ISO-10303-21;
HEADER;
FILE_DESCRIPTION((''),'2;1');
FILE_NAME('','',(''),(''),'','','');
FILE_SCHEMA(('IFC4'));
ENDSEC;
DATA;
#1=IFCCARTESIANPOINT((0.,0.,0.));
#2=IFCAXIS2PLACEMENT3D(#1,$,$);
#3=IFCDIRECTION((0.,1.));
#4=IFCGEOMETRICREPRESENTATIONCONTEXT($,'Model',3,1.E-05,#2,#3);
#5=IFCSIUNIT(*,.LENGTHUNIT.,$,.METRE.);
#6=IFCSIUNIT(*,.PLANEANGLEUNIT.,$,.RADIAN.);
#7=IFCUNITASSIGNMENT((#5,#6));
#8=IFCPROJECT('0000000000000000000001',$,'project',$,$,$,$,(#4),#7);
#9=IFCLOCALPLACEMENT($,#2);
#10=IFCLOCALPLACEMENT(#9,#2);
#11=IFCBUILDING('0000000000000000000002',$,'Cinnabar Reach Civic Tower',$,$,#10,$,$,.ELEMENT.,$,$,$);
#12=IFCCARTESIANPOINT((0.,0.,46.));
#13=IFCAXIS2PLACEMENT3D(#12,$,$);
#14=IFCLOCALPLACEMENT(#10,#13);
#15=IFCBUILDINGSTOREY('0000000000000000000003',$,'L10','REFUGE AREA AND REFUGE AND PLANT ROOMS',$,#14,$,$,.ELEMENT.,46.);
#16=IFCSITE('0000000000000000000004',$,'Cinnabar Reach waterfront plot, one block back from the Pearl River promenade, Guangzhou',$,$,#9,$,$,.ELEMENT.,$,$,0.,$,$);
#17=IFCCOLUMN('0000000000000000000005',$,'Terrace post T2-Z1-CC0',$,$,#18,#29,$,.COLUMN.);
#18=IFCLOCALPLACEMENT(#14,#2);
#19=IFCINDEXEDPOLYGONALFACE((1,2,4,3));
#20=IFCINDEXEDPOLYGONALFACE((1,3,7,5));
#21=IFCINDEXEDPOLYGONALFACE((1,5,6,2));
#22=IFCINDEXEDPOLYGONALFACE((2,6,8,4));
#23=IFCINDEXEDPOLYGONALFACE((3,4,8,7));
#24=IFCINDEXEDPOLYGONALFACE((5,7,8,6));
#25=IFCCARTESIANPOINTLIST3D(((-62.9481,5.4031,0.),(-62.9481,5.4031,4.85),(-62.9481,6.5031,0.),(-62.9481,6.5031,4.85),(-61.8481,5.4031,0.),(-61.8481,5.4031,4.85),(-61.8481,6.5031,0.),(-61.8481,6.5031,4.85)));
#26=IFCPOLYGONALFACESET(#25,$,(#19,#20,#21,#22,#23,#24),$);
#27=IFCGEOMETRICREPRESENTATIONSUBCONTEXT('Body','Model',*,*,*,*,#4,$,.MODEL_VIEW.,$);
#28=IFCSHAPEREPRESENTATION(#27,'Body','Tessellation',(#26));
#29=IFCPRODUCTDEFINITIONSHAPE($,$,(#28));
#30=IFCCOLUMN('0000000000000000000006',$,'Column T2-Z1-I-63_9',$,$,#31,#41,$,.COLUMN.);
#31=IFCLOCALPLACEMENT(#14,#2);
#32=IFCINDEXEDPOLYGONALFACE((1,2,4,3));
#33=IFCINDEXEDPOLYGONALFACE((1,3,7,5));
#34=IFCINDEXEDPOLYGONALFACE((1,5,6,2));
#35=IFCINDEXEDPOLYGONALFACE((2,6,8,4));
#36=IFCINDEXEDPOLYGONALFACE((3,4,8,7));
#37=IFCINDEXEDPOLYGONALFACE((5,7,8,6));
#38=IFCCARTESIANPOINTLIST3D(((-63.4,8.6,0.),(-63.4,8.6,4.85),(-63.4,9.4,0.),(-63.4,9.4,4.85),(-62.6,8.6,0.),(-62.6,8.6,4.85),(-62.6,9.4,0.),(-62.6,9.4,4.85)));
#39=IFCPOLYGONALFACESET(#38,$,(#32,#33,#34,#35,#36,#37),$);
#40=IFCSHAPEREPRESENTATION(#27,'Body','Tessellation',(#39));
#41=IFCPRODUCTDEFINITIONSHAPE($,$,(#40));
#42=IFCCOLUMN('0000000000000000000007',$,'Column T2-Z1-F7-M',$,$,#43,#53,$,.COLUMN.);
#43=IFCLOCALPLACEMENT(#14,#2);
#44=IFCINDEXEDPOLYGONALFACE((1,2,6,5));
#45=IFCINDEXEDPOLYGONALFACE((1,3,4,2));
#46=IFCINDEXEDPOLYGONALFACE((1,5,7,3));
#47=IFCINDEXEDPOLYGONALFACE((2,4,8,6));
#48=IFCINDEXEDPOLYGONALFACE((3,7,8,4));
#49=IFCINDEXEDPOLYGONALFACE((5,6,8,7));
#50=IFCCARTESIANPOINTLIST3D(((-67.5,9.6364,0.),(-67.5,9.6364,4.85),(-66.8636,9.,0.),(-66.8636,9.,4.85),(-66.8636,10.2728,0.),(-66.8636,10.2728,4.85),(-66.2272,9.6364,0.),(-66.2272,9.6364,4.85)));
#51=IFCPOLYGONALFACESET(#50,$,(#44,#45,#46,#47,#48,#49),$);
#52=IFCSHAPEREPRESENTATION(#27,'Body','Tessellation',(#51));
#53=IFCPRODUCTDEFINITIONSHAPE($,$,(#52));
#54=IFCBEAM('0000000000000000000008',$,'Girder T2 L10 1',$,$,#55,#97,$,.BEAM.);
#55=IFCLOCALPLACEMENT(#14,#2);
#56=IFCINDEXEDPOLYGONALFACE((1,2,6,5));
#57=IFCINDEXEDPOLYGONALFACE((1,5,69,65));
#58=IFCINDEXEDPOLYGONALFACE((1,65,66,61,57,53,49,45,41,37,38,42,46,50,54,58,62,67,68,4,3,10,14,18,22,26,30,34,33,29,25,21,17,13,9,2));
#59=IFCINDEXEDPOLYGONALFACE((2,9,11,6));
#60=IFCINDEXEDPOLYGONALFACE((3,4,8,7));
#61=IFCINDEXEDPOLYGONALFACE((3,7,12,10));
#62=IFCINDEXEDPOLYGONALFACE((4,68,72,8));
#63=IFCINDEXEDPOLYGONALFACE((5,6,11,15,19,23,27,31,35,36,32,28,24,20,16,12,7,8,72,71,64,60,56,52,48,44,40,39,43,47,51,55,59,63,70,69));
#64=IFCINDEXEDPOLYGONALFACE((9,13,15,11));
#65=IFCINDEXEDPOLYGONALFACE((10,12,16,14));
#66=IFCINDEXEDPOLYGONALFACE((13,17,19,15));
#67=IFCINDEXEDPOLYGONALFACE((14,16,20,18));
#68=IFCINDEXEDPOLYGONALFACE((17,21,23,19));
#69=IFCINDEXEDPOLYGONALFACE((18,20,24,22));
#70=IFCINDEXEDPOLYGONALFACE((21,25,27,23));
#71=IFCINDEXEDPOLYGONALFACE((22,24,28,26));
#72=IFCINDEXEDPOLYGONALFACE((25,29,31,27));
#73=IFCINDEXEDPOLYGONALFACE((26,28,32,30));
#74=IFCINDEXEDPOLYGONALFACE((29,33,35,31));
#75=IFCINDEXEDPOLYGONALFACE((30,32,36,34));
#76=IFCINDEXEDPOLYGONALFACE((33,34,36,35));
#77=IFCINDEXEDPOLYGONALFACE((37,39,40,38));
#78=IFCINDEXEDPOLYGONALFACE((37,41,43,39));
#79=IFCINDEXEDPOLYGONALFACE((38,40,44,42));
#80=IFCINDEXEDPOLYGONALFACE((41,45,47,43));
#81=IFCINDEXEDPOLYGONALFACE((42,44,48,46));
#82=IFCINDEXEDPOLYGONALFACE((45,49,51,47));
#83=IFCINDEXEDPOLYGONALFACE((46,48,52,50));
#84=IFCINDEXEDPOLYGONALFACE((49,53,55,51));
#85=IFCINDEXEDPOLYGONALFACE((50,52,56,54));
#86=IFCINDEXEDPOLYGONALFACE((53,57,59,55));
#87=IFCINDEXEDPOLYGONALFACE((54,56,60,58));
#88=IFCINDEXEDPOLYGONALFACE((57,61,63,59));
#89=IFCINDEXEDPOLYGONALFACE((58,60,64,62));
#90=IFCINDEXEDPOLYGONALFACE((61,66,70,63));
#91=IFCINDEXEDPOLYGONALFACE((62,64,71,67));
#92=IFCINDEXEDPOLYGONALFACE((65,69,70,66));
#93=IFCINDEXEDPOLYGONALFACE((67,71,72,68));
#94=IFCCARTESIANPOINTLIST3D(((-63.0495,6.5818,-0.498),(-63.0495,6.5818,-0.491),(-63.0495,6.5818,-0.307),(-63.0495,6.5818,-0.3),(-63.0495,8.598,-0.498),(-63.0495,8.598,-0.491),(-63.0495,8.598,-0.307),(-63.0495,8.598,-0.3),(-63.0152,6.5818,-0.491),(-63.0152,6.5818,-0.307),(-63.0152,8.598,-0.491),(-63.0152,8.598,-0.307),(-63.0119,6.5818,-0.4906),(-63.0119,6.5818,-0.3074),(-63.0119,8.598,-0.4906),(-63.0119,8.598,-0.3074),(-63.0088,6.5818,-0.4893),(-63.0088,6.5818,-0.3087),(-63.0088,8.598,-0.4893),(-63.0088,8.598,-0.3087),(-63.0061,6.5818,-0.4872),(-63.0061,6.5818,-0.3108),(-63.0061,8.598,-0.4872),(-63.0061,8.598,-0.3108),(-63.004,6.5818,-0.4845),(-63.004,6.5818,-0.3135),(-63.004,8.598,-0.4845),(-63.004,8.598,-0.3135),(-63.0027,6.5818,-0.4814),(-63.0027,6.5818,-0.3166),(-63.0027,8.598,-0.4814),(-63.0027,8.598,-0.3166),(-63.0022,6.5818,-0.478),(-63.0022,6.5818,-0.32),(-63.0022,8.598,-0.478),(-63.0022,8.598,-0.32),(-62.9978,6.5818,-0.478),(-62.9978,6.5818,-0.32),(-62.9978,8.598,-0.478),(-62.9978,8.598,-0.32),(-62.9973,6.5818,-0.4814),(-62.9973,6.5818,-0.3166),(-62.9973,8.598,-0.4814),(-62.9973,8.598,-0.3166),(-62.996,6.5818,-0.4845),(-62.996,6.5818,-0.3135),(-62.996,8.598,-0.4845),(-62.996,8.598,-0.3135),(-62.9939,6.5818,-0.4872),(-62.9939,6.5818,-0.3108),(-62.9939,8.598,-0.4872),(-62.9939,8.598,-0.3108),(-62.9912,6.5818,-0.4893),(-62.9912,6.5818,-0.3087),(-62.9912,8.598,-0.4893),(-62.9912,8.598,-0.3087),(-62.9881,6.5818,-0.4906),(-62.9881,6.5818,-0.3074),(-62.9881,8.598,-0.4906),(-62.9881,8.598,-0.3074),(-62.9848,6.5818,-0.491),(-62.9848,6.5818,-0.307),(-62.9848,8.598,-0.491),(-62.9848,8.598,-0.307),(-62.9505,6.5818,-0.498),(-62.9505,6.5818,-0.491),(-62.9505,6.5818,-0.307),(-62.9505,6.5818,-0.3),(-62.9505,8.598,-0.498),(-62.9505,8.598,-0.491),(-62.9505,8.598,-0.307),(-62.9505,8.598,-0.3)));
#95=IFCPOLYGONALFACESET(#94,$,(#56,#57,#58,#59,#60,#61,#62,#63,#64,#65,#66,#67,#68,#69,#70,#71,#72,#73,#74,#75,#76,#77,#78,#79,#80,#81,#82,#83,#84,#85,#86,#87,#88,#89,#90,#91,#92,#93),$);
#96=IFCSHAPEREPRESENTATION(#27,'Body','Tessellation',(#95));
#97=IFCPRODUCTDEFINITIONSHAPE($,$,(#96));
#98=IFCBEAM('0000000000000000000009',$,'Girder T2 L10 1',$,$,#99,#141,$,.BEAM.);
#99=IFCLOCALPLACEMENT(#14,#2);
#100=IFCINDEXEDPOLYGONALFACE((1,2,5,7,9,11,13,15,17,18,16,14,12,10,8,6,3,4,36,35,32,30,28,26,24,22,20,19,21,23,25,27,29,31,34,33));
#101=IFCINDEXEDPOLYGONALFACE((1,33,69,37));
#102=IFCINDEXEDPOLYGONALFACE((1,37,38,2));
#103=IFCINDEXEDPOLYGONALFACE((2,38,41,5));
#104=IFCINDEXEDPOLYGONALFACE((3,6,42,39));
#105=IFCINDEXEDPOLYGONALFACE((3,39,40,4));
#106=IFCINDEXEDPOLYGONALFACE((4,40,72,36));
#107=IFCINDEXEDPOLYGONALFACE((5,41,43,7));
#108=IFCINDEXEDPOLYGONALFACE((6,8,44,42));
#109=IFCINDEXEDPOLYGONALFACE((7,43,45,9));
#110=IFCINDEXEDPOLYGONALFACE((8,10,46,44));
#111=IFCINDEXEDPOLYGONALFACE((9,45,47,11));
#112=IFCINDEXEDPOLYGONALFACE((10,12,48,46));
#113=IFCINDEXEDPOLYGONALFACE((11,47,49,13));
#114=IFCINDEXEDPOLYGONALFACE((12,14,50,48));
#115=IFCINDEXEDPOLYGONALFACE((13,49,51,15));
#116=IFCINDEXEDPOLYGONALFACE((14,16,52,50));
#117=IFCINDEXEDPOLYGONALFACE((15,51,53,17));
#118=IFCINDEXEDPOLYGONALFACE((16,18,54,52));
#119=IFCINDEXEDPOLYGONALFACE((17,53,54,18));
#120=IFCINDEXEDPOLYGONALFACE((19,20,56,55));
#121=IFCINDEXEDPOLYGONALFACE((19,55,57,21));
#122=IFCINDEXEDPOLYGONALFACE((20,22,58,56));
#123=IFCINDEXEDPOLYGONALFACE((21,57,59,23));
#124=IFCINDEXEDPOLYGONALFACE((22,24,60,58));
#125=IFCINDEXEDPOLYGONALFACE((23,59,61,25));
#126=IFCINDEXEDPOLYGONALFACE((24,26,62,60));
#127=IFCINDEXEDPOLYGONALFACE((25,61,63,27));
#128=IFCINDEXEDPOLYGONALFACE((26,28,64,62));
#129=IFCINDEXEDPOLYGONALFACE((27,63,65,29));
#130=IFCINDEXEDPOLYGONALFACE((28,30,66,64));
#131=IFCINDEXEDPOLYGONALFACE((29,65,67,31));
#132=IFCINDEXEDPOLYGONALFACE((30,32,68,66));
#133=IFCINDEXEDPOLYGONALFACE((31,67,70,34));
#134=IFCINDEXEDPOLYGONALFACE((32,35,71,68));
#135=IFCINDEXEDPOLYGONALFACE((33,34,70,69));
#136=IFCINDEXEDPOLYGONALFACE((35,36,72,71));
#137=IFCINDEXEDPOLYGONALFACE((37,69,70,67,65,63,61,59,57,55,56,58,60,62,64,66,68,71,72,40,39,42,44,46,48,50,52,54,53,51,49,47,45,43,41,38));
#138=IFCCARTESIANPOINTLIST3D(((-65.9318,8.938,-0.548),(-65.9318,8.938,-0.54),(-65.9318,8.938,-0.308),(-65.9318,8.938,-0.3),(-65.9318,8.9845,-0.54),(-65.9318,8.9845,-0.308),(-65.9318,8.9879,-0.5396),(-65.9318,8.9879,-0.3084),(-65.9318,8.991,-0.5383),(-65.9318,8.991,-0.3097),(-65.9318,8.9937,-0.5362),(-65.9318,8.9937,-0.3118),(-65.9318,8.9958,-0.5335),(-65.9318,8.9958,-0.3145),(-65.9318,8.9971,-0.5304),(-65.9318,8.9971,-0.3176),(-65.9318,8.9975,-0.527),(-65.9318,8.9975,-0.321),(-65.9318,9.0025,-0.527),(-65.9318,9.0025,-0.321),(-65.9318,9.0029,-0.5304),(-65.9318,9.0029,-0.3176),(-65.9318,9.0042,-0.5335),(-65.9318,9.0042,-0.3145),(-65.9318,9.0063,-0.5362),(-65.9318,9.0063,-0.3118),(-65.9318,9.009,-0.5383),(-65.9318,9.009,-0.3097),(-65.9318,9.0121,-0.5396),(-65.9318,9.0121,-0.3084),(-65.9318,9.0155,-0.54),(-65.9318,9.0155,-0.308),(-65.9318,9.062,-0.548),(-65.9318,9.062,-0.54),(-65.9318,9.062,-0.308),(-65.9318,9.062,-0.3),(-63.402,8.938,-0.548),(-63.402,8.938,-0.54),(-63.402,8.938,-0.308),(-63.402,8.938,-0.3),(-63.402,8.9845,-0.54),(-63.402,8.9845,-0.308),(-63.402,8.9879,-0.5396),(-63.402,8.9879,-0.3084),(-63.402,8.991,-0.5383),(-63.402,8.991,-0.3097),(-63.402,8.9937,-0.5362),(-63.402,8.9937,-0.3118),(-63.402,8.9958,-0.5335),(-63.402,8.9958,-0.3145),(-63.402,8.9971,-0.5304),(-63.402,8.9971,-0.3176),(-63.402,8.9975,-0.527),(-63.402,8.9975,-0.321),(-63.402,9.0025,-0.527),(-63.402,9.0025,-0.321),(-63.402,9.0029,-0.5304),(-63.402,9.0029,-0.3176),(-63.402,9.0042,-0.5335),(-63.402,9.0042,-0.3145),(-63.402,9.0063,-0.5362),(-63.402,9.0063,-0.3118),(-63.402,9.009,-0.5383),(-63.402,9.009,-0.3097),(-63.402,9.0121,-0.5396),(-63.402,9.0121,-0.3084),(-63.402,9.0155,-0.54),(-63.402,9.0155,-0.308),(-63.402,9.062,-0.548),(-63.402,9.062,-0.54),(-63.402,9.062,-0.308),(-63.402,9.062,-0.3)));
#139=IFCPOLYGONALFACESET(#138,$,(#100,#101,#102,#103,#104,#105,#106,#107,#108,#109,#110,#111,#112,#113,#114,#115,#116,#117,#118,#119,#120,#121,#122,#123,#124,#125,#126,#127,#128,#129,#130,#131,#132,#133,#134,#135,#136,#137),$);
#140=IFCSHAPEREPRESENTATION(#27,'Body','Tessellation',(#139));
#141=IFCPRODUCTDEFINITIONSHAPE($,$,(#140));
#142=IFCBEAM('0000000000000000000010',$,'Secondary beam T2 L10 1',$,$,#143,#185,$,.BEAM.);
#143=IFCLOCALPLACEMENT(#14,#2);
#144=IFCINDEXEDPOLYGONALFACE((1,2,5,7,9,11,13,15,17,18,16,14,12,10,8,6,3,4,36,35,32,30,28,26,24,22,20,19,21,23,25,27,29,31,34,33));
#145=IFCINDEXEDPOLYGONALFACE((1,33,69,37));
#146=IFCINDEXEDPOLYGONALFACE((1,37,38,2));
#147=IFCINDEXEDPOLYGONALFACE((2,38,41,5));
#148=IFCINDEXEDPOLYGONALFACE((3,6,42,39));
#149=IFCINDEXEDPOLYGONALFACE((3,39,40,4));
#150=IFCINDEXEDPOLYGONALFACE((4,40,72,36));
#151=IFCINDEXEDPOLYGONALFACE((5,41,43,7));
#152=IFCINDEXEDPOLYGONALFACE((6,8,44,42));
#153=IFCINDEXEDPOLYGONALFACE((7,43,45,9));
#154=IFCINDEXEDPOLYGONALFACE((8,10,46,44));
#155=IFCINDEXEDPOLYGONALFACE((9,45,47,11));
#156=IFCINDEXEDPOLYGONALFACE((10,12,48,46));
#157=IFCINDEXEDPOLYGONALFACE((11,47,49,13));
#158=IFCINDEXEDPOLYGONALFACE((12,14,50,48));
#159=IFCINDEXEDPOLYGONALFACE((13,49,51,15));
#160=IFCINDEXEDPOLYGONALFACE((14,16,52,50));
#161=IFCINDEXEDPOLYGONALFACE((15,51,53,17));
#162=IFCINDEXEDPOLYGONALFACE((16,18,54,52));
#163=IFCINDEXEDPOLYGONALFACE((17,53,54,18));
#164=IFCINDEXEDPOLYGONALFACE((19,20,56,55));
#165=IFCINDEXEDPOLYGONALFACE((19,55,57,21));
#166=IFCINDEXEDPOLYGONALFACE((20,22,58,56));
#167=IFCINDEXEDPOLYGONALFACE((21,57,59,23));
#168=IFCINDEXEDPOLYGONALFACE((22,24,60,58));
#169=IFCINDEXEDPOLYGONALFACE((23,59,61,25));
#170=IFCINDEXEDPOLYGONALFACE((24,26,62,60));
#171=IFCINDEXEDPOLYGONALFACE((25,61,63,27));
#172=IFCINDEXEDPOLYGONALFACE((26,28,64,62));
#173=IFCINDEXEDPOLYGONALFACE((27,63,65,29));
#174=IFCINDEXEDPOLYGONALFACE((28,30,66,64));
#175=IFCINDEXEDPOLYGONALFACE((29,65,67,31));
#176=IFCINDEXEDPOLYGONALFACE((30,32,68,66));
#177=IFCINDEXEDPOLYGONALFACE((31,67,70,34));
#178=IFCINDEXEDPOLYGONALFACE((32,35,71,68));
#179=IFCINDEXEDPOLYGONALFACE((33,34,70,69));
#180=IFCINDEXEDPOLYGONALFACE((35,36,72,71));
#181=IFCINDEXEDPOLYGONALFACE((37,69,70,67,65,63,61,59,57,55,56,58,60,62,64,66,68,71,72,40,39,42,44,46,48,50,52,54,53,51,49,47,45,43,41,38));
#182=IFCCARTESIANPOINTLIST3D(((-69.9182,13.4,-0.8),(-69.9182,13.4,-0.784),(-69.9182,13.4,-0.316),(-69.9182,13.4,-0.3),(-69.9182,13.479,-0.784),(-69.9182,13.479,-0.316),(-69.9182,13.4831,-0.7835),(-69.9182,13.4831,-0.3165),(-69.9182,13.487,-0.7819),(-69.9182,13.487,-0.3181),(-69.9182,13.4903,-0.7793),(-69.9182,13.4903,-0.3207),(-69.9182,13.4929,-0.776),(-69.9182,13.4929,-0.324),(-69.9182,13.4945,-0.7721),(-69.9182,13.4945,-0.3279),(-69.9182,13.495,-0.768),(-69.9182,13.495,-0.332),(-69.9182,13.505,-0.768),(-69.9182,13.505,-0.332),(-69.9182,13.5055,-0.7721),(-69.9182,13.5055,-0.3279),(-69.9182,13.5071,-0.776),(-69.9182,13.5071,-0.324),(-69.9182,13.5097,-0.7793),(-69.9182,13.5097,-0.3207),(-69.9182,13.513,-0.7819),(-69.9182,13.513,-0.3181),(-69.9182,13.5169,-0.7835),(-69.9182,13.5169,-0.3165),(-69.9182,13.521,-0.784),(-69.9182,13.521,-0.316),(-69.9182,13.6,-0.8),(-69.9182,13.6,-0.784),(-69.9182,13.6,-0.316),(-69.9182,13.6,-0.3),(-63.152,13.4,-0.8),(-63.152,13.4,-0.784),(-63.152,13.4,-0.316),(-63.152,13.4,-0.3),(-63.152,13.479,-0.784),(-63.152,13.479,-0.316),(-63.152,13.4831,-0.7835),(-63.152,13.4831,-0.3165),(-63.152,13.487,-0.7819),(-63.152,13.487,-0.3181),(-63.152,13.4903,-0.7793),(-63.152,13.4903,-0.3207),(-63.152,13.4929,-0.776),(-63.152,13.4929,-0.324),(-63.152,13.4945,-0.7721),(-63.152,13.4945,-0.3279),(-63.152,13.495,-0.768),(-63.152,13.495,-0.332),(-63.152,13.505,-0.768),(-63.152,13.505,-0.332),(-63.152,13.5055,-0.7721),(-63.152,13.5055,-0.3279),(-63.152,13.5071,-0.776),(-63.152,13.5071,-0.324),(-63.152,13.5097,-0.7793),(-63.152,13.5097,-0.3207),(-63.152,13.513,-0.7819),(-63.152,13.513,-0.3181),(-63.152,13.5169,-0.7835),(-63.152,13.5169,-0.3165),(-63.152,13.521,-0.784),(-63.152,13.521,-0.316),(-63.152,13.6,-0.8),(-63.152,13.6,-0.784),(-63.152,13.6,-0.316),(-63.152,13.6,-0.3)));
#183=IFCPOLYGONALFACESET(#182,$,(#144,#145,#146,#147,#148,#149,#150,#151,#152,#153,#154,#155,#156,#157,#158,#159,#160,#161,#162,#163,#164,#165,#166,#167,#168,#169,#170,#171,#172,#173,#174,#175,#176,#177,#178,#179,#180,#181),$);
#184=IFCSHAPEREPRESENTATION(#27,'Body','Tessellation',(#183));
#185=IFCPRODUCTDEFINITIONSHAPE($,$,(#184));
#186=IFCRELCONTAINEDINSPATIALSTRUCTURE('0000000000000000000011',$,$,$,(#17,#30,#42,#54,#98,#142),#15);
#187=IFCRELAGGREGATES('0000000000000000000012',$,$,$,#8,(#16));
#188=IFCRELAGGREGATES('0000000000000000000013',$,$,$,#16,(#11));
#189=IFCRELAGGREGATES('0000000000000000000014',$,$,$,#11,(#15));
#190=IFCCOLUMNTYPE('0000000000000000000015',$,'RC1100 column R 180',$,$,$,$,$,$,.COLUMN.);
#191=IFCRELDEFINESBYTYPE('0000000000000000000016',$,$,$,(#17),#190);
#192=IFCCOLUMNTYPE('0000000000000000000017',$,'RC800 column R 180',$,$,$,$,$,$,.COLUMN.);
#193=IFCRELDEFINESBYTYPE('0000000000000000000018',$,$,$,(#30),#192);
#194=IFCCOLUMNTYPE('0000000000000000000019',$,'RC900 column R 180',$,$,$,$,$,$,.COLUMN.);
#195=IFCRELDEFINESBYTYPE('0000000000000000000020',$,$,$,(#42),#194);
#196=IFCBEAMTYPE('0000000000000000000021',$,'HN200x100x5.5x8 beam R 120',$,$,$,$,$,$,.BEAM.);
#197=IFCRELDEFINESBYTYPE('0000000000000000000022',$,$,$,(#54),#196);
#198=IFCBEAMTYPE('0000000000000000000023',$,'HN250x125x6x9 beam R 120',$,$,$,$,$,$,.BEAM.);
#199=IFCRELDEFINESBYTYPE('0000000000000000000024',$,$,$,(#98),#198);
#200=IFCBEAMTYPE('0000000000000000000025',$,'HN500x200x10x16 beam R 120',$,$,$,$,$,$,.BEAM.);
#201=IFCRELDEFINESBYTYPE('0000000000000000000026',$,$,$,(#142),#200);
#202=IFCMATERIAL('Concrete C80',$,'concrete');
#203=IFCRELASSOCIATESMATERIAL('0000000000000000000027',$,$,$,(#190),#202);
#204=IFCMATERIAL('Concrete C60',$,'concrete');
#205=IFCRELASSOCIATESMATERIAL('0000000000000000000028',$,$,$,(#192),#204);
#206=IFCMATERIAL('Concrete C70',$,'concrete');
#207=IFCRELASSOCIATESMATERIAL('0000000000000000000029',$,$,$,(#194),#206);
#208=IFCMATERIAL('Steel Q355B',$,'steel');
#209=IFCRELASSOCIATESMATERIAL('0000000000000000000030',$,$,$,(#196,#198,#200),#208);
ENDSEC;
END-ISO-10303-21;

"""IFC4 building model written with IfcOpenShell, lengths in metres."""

from ifc_helpers import new_model, si_unit, direction, frame, origin, origin_2d, place, context, subcontext, project, spatial, rectangle, i_section, extrude, material, material_profile, profile_set, type_object, element, save


model = new_model("IFC4")

# Units and contexts
model_context = context("Model", 3, precision=1e-05, world=origin(), true_north=direction((0.0, 1.0)))
body_context = subcontext(model_context, "Body", "Model", "MODEL_VIEW")
ifc_project = project(units=[si_unit("LENGTHUNIT", "METRE"), si_unit("PLANEANGLEUNIT", "RADIAN")], contexts=[model_context])

# Site, building, storey
site_placement = place(None, origin())
site = spatial("IfcSite", under=ifc_project, at=site_placement, Name="Cinnabar Reach waterfront plot, one block back from the Pearl River promenade, Guangzhou", CompositionType="ELEMENT", RefElevation=0.0)
building_placement = place(site_placement, origin())
building = spatial("IfcBuilding", under=site, at=building_placement, Name="Cinnabar Reach Civic Tower", CompositionType="ELEMENT")
storey_placement = place(building_placement, frame((0.0, 0.0, 46.0)))
storey = spatial("IfcBuildingStorey", under=building, at=storey_placement, Name="L10", Description="REFUGE AREA AND REFUGE AND PLANT ROOMS", CompositionType="ELEMENT", Elevation=46.0)

# Columns
ifc_material_1 = material(Name="Concrete C80", Category="concrete")
ifc_material_profile_1 = material_profile(ifc_material_1, rectangle(XDim=1.1, YDim=1.1, at=origin_2d()), Name="RC1100")
ifc_profile_set_1 = profile_set([ifc_material_profile_1], Name="Concrete C80")
column_type_1 = type_object("IfcColumnType", Name="RC1100 column R 180", PredefinedType="COLUMN", material=ifc_profile_set_1)
column_1_placement = place(storey_placement, frame((-62.3981, 5.9531, 0.0), z_axis=(0.0, 0.0, 1.0), x_axis=(1.0, 0.0, 0.0)))
element("IfcColumn", 1, at=column_1_placement, inside=storey, type_object=column_type_1, Name="Terrace post T2-Z1-CC0", PredefinedType="COLUMN", context=body_context, shape_type="SweptSolid", body=[
    extrude(rectangle(XDim=1.1, YDim=1.1, at=origin_2d()), origin(), (0.0, 0.0, 1.0), 4.85),
])
ifc_material_2 = material(Name="Concrete C60", Category="concrete")
ifc_material_profile_2 = material_profile(ifc_material_2, rectangle(XDim=0.8, YDim=0.8, at=origin_2d()), Name="RC800")
ifc_profile_set_2 = profile_set([ifc_material_profile_2], Name="Concrete C60")
column_type_2 = type_object("IfcColumnType", Name="RC800 column R 180", PredefinedType="COLUMN", material=ifc_profile_set_2)
column_2_placement = place(storey_placement, frame((-63.0, 9.0, 0.0), z_axis=(0.0, 0.0, 1.0), x_axis=(1.0, 0.0, 0.0)))
element("IfcColumn", 2, at=column_2_placement, inside=storey, type_object=column_type_2, Name="Column T2-Z1-I-63_9", PredefinedType="COLUMN", context=body_context, shape_type="SweptSolid", body=[
    extrude(rectangle(XDim=0.8, YDim=0.8, at=origin_2d()), origin(), (0.0, 0.0, 1.0), 4.85),
])
ifc_material_3 = material(Name="Concrete C70", Category="concrete")
ifc_material_profile_3 = material_profile(ifc_material_3, rectangle(XDim=0.9, YDim=0.9, at=origin_2d()), Name="RC900")
ifc_profile_set_3 = profile_set([ifc_material_profile_3], Name="Concrete C70")
column_type_3 = type_object("IfcColumnType", Name="RC900 column R 180", PredefinedType="COLUMN", material=ifc_profile_set_3)
column_3_placement = place(storey_placement, frame((-66.8636, 9.6364, 0.0), z_axis=(0.0, 0.0, 1.0), x_axis=(0.707107, 0.707107, 0.0)))
element("IfcColumn", 3, at=column_3_placement, inside=storey, type_object=column_type_3, Name="Column T2-Z1-F7-M", PredefinedType="COLUMN", context=body_context, shape_type="SweptSolid", body=[
    extrude(rectangle(XDim=0.9, YDim=0.9, at=origin_2d()), origin(), (0.0, 0.0, 1.0), 4.85),
])

# Beams
ifc_material_4 = material(Name="Steel Q355B", Category="steel")
ifc_material_profile_4 = material_profile(ifc_material_4, i_section(OverallWidth=0.099, OverallDepth=0.198, WebThickness=0.0045, FlangeThickness=0.007, FilletRadius=0.013, at=origin_2d()), Name="HN200x100x5.5x8")
ifc_profile_set_4 = profile_set([ifc_material_profile_4], Name="Steel Q355B")
beam_type_1 = type_object("IfcBeamType", Name="HN200x100x5.5x8 beam R 120", PredefinedType="BEAM", material=ifc_profile_set_4)
beam_1_placement = place(storey_placement, frame((-63.0, 6.5818, -0.399), z_axis=(0.0, 1.0, 0.0), x_axis=(-1.0, 0.0, 0.0)))
element("IfcBeam", 4, at=beam_1_placement, inside=storey, type_object=beam_type_1, Name="Girder T2 L10 1", PredefinedType="BEAM", context=body_context, shape_type="SweptSolid", body=[
    extrude(i_section(OverallWidth=0.099, OverallDepth=0.198, WebThickness=0.0045, FlangeThickness=0.007, FilletRadius=0.013, at=origin_2d()), origin(), (0.0, 0.0, 1.0), 2.0162),
])
ifc_material_profile_5 = material_profile(ifc_material_4, i_section(OverallWidth=0.124, OverallDepth=0.248, WebThickness=0.005, FlangeThickness=0.008, FilletRadius=0.013, at=origin_2d()), Name="HN250x125x6x9")
ifc_profile_set_5 = profile_set([ifc_material_profile_5], Name="Steel Q355B")
beam_type_2 = type_object("IfcBeamType", Name="HN250x125x6x9 beam R 120", PredefinedType="BEAM", material=ifc_profile_set_5)
beam_2_placement = place(storey_placement, frame((-65.9318, 9.0, -0.424), z_axis=(1.0, 0.0, 0.0), x_axis=(0.0, 1.0, 0.0)))
element("IfcBeam", 5, at=beam_2_placement, inside=storey, type_object=beam_type_2, Name="Girder T2 L10 1", PredefinedType="BEAM", context=body_context, shape_type="SweptSolid", body=[
    extrude(i_section(OverallWidth=0.124, OverallDepth=0.248, WebThickness=0.005, FlangeThickness=0.008, FilletRadius=0.013, at=origin_2d()), origin(), (0.0, 0.0, 1.0), 2.5298),
])
ifc_material_profile_6 = material_profile(ifc_material_4, i_section(OverallWidth=0.2, OverallDepth=0.5, WebThickness=0.01, FlangeThickness=0.016, FilletRadius=0.016, at=origin_2d()), Name="HN500x200x10x16")
ifc_profile_set_6 = profile_set([ifc_material_profile_6], Name="Steel Q355B")
beam_type_3 = type_object("IfcBeamType", Name="HN500x200x10x16 beam R 120", PredefinedType="BEAM", material=ifc_profile_set_6)
beam_3_placement = place(storey_placement, frame((-69.9182, 13.5, -0.55), z_axis=(1.0, 0.0, 0.0), x_axis=(0.0, 1.0, 0.0)))
element("IfcBeam", 6, at=beam_3_placement, inside=storey, type_object=beam_type_3, Name="Secondary beam T2 L10 1", PredefinedType="BEAM", context=body_context, shape_type="SweptSolid", body=[
    extrude(i_section(OverallWidth=0.2, OverallDepth=0.5, WebThickness=0.01, FlangeThickness=0.016, FilletRadius=0.016, at=origin_2d()), origin(), (0.0, 0.0, 1.0), 6.7662),
])

save(model, "model.ifc")
